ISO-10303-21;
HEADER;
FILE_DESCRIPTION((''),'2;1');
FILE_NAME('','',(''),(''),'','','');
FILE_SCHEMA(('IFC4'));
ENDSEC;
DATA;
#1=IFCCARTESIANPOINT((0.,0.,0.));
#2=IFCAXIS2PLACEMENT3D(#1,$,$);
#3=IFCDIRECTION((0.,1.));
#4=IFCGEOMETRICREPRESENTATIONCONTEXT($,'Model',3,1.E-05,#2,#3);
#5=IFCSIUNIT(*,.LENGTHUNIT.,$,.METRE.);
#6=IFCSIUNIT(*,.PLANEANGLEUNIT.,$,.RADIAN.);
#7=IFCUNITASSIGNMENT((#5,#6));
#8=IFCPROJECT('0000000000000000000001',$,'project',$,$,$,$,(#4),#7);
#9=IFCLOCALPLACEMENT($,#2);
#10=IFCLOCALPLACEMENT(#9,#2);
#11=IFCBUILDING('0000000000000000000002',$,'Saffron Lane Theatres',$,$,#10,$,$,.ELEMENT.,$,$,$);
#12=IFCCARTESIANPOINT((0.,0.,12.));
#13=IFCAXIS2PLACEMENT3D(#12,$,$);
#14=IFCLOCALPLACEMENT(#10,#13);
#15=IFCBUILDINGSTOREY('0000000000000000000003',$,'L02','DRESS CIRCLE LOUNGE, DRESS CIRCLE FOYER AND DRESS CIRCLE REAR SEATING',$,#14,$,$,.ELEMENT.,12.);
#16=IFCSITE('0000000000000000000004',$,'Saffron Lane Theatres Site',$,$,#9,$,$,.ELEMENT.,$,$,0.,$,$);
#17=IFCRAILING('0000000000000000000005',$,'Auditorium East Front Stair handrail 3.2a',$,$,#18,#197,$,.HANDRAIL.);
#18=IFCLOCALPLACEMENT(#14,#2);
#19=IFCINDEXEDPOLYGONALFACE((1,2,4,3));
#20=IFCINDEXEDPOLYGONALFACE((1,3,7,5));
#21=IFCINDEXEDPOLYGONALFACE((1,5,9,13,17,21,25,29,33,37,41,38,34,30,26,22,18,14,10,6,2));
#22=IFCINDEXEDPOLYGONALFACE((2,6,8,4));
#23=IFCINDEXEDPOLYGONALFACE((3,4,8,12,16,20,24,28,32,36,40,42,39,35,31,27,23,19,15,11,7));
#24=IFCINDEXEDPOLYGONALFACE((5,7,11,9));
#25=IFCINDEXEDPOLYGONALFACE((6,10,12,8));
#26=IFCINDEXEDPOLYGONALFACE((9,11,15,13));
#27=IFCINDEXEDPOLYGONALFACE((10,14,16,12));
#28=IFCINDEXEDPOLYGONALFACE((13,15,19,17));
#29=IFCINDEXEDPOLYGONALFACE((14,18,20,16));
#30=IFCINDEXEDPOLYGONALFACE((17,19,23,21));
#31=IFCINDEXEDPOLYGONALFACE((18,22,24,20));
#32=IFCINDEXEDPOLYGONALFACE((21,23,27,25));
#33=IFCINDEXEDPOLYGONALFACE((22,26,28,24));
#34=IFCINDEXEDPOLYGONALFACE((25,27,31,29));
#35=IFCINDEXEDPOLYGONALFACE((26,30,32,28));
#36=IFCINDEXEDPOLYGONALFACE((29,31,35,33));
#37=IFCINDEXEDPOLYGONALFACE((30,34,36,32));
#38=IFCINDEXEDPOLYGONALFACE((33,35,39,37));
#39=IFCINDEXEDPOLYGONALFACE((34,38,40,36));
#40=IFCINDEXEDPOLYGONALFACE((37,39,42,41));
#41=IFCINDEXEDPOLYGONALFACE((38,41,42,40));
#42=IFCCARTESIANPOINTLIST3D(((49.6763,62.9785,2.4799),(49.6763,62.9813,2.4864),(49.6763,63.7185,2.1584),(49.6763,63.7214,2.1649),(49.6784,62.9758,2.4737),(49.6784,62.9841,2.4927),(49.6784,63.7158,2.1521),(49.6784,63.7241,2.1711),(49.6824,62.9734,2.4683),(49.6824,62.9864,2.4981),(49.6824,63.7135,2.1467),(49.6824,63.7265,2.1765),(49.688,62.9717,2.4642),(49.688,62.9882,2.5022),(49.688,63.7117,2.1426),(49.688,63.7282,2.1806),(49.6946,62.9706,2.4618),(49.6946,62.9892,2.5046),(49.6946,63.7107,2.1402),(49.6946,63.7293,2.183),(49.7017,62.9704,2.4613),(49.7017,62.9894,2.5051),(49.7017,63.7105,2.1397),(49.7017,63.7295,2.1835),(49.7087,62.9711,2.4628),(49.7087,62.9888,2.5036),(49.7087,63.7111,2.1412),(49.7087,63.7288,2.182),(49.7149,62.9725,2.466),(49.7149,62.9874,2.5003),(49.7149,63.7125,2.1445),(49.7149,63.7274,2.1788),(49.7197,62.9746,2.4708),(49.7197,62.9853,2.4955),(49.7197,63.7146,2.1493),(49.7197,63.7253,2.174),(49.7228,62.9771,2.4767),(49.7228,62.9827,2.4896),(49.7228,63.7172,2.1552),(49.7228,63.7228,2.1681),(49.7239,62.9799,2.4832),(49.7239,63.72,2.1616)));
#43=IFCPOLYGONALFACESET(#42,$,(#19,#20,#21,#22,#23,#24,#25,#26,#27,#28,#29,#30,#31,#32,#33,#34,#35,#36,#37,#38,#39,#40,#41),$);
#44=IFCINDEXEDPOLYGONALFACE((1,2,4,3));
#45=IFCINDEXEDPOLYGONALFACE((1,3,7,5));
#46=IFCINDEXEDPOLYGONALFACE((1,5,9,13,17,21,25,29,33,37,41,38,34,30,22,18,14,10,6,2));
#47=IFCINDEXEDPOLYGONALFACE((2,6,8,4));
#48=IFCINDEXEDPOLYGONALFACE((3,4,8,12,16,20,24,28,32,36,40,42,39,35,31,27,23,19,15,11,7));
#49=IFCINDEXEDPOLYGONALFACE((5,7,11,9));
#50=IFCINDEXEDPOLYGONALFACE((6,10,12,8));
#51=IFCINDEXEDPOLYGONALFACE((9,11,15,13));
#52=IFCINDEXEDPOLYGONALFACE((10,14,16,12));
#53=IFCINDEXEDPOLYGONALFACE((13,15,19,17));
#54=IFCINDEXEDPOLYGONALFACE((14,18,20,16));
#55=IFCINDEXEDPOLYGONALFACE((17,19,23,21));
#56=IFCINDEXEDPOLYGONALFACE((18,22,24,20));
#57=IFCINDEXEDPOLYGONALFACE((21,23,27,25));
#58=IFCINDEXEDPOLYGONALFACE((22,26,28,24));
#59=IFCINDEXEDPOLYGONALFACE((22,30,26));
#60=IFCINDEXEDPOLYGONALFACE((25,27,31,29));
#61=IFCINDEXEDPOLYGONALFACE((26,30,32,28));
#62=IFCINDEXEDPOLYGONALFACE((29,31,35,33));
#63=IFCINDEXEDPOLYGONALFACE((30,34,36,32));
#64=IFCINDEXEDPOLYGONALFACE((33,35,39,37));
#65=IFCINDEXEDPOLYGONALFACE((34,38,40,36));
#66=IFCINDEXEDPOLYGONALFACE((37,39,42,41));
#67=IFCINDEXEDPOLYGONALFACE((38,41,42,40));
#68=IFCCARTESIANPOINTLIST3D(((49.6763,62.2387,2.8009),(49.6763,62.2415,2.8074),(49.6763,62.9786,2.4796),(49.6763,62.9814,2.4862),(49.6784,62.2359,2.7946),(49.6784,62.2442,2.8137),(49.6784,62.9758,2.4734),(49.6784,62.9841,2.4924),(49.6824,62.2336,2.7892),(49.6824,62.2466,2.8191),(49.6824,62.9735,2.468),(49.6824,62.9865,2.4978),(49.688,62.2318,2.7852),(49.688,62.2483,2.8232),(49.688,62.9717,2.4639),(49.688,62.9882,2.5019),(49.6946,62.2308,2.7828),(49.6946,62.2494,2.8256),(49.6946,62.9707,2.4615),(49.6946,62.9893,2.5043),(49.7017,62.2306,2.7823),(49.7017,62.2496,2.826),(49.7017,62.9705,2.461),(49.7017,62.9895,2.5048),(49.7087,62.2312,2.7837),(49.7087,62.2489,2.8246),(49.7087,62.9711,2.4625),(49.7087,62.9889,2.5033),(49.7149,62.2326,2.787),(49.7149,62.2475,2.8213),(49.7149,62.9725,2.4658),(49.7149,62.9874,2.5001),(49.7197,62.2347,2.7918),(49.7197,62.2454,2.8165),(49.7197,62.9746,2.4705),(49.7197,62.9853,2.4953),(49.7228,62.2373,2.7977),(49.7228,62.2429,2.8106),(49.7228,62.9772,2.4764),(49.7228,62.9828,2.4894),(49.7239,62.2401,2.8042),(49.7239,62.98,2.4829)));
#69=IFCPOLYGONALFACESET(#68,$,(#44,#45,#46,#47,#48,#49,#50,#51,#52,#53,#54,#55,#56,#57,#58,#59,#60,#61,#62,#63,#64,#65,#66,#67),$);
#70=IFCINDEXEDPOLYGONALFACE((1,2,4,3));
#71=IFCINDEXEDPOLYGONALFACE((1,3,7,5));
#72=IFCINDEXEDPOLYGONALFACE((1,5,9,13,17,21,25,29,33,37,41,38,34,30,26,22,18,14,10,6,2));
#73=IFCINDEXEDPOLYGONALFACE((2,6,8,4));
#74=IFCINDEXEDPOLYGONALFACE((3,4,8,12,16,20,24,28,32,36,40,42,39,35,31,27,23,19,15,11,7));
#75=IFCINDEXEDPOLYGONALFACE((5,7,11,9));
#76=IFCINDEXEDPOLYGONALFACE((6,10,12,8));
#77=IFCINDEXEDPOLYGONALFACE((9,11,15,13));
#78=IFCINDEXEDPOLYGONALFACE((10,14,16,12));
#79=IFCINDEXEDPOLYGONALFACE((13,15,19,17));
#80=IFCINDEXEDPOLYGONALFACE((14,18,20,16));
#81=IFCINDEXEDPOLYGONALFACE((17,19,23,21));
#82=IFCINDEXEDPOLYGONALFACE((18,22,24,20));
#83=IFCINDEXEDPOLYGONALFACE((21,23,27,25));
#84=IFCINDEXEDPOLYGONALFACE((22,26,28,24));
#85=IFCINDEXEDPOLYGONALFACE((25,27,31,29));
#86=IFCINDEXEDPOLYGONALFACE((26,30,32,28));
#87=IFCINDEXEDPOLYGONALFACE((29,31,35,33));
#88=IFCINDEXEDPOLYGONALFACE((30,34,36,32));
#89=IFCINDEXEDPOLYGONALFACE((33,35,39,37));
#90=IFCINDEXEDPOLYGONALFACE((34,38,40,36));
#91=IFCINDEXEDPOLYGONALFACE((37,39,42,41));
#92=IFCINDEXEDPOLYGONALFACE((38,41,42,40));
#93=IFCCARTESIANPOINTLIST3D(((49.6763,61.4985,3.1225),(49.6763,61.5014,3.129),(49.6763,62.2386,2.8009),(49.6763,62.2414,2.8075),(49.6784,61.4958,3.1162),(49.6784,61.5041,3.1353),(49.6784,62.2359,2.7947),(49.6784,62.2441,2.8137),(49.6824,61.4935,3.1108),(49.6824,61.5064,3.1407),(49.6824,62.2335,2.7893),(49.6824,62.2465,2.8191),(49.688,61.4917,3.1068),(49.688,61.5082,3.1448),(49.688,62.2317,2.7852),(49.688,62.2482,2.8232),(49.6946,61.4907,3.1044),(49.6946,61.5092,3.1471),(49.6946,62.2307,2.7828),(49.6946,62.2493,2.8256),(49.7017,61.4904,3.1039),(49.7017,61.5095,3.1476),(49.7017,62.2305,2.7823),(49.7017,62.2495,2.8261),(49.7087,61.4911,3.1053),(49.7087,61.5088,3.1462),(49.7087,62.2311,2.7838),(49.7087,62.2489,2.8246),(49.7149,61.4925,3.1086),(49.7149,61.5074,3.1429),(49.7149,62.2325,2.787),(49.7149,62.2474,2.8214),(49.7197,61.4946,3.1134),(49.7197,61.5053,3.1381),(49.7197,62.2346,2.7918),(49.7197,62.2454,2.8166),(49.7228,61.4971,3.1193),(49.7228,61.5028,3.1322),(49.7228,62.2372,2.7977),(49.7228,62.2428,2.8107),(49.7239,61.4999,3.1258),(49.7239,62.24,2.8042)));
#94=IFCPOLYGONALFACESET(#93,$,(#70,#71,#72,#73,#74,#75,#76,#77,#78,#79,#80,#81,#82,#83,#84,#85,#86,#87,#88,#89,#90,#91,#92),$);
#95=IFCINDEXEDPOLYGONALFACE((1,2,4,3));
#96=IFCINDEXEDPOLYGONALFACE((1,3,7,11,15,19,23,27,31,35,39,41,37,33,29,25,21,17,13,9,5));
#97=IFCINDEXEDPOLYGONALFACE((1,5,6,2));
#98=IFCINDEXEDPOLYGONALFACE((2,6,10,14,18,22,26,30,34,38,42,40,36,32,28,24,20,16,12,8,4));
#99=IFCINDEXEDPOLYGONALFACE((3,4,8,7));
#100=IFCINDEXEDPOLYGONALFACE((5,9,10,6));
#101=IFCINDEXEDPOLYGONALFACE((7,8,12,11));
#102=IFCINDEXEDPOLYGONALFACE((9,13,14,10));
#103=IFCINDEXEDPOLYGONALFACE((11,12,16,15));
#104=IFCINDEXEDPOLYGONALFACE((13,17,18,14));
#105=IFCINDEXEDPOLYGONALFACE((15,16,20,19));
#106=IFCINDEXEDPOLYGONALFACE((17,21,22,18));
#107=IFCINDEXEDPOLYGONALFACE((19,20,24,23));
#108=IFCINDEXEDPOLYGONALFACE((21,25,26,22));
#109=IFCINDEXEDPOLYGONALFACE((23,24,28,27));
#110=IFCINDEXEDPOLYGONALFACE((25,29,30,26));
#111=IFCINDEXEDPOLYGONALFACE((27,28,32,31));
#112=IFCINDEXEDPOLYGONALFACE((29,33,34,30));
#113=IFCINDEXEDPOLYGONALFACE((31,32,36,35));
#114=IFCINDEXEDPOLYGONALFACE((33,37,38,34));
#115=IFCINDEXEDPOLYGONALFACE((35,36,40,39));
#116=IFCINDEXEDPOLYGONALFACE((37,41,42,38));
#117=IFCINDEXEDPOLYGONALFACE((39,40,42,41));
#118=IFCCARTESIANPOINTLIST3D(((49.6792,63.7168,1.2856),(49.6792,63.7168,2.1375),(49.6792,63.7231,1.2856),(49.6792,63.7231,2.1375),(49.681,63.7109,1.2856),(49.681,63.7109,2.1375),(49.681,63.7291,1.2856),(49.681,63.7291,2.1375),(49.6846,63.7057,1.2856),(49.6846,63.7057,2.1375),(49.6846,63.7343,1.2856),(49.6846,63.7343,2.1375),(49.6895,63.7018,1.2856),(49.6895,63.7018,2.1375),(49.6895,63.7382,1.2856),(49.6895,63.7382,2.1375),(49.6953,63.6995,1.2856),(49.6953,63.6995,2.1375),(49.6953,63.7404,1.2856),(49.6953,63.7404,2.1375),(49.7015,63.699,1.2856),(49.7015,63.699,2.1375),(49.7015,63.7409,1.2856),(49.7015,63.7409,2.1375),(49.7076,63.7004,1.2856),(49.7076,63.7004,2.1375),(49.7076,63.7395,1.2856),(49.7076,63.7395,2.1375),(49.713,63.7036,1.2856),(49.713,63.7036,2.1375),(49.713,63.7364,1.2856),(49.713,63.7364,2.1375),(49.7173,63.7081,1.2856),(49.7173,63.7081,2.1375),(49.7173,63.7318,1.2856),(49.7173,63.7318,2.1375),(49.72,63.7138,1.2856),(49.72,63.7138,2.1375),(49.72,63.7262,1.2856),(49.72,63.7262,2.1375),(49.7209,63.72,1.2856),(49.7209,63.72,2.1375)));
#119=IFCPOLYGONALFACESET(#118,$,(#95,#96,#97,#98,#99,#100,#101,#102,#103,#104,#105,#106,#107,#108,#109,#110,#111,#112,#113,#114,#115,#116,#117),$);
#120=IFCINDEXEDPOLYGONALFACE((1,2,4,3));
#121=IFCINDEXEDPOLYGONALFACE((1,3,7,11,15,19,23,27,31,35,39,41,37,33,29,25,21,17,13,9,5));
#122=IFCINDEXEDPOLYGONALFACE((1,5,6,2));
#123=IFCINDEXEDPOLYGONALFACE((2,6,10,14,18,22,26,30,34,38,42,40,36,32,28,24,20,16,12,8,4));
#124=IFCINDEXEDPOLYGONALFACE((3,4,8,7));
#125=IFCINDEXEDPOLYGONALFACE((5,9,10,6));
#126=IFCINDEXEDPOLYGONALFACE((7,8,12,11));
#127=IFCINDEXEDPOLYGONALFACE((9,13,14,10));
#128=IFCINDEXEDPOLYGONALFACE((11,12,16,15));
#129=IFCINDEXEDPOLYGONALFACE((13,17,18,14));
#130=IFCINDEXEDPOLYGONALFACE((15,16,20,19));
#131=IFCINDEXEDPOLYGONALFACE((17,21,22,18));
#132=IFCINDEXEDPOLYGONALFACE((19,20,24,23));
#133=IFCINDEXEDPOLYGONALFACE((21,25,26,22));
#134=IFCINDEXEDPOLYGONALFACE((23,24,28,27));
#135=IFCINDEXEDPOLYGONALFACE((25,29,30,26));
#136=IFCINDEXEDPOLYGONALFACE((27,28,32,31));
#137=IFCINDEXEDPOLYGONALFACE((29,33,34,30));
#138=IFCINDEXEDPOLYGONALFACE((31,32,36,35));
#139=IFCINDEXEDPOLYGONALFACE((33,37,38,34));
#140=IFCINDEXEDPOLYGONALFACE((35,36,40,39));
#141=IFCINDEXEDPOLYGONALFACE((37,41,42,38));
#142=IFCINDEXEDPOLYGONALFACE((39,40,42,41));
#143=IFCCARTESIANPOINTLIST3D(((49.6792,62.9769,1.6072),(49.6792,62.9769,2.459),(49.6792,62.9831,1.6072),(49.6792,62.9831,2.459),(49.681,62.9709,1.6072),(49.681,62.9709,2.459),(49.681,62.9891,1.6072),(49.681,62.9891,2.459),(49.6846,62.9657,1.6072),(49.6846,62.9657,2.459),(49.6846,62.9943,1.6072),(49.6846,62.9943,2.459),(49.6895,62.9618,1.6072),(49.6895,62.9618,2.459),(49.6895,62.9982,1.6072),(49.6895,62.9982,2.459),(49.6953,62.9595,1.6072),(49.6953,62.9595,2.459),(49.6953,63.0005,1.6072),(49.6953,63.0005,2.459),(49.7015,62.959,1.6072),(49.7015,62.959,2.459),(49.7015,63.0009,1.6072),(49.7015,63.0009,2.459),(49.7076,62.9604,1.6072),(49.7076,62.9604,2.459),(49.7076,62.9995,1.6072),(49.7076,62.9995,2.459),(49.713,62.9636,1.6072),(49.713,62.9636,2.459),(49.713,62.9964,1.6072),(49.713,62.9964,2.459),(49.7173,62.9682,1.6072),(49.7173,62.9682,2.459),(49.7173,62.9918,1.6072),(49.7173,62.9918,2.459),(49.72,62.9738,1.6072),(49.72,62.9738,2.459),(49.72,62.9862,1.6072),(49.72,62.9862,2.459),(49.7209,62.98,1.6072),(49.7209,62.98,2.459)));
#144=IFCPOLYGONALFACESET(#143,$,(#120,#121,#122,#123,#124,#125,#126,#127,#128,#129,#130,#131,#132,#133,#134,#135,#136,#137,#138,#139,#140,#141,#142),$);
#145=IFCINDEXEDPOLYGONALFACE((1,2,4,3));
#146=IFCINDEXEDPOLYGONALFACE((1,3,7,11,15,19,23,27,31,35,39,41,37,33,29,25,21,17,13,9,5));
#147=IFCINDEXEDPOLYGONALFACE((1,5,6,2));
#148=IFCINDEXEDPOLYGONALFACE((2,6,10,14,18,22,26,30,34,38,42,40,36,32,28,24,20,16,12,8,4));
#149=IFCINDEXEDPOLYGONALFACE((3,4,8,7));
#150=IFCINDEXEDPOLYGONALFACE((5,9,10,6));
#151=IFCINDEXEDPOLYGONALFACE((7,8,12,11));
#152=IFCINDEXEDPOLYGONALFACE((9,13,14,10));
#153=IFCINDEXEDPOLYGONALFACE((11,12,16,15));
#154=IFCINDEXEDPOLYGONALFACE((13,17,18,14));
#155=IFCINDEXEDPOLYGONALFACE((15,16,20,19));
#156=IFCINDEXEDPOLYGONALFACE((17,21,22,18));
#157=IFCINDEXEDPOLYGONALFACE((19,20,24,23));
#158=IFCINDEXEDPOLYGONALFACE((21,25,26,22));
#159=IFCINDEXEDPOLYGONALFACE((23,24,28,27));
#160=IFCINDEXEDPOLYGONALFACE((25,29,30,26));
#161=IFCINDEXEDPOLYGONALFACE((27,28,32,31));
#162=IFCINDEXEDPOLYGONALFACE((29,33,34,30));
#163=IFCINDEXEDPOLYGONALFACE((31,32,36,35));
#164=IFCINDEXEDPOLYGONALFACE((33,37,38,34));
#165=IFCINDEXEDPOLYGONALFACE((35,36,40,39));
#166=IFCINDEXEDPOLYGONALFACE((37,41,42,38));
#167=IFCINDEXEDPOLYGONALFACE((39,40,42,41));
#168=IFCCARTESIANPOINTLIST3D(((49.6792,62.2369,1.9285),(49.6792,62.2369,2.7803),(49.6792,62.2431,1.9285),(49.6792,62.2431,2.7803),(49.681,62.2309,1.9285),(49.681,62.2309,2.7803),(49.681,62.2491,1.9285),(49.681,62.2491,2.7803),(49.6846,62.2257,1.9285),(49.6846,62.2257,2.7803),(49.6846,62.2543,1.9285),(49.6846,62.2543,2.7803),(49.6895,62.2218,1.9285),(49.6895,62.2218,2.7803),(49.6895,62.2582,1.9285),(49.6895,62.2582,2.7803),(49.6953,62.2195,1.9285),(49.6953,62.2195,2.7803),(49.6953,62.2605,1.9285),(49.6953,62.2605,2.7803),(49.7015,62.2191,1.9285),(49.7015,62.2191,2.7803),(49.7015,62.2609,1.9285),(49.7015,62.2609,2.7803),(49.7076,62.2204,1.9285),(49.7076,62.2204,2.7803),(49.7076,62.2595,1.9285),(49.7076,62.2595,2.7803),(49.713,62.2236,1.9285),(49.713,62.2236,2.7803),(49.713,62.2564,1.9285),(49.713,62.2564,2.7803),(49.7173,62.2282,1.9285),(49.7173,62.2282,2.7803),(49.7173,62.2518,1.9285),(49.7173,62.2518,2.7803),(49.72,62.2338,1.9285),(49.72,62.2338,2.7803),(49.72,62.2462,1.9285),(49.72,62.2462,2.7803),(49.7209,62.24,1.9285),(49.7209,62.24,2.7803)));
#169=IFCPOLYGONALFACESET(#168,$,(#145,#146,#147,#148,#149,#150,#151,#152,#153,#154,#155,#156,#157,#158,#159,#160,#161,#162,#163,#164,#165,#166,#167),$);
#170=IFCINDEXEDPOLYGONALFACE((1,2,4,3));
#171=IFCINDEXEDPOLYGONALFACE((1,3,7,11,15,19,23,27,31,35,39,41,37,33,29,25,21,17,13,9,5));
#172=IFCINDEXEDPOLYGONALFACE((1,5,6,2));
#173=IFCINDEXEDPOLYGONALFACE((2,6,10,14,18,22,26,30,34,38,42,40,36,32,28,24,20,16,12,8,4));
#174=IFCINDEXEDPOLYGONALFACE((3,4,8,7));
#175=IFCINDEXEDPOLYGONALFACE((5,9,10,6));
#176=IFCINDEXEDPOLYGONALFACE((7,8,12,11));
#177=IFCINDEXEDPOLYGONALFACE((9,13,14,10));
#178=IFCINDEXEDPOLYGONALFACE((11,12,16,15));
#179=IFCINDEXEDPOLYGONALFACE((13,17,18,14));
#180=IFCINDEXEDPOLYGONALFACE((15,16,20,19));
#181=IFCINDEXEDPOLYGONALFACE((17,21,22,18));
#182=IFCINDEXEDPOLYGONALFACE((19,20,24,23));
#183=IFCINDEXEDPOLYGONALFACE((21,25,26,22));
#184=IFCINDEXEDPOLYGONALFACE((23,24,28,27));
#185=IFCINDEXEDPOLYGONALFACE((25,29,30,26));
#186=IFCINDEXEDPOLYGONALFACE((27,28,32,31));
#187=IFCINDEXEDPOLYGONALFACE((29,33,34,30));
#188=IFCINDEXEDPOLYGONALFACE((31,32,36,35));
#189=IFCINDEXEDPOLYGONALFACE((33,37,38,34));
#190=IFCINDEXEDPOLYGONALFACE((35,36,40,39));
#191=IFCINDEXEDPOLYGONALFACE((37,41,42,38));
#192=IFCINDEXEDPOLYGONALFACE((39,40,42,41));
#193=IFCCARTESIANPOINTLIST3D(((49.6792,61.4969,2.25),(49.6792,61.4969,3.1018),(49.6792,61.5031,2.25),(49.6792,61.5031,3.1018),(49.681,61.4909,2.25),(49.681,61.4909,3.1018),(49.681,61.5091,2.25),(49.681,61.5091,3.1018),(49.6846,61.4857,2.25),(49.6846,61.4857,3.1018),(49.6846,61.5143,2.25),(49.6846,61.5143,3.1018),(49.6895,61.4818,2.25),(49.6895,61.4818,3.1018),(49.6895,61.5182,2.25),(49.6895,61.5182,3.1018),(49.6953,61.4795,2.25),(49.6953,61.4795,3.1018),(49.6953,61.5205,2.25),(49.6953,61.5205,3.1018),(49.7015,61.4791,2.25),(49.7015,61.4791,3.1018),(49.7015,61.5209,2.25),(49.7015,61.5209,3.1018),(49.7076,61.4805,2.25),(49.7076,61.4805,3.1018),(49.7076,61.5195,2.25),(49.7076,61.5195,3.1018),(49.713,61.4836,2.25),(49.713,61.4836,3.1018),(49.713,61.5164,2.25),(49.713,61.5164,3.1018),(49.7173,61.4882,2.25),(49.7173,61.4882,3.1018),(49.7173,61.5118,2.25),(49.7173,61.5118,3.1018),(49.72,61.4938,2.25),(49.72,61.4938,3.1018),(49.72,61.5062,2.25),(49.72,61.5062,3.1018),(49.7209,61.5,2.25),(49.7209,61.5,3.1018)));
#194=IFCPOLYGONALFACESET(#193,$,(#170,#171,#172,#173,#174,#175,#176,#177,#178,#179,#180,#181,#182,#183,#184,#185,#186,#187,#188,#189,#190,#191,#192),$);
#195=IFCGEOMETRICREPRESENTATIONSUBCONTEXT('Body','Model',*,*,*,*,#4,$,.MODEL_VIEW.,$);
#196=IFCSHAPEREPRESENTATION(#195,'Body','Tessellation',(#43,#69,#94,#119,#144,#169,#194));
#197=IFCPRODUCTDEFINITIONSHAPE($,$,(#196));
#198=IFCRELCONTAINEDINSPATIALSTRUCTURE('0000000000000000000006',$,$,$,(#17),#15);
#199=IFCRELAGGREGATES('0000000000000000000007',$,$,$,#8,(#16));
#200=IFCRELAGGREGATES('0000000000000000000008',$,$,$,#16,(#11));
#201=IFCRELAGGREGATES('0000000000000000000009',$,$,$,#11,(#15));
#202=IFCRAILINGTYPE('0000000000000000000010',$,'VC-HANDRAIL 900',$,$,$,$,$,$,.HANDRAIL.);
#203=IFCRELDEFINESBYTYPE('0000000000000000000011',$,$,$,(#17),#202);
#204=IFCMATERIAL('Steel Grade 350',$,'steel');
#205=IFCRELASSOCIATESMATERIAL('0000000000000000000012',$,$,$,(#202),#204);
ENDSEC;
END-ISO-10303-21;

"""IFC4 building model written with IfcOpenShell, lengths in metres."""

from ifc_helpers import new_model, si_unit, direction, frame, origin, origin_2d, place, context, subcontext, project, spatial, circle, extrude, material, type_object, element, save


model = new_model("IFC4")

# Units and contexts
model_context = context("Model", 3, precision=1e-05, world=origin(), true_north=direction((0.0, 1.0)))
body_context = subcontext(model_context, "Body", "Model", "MODEL_VIEW")
ifc_project = project(units=[si_unit("LENGTHUNIT", "METRE"), si_unit("PLANEANGLEUNIT", "RADIAN")], contexts=[model_context])

# Site, building, storey
site_placement = place(None, origin())
site = spatial("IfcSite", under=ifc_project, at=site_placement, Name="Saffron Lane Theatres Site", CompositionType="ELEMENT", RefElevation=0.0)
building_placement = place(site_placement, origin())
building = spatial("IfcBuilding", under=site, at=building_placement, Name="Saffron Lane Theatres", CompositionType="ELEMENT")
storey_placement = place(building_placement, frame((0.0, 0.0, 12.0)))
storey = spatial("IfcBuildingStorey", under=building, at=storey_placement, Name="L02", Description="DRESS CIRCLE LOUNGE, DRESS CIRCLE FOYER AND DRESS CIRCLE REAR SEATING", CompositionType="ELEMENT", Elevation=12.0)

# Railing
ifc_material_1 = material(Name="Steel Grade 350", Category="steel")
railing_type_1 = type_object("IfcRailingType", Name="VC-HANDRAIL 900", PredefinedType="HANDRAIL", material=ifc_material_1)
for number, where, name in (
    (1, (49.7, 63.72, 1.2856), "Auditorium East Front Stair handrail 3.2a"),
):
    element("IfcRailing", number, at=place(storey_placement, frame(where)), inside=storey, type_object=railing_type_1, Name=name, PredefinedType="HANDRAIL", context=body_context, shape_type="SweptSolid", body=[
        extrude(circle(Radius=0.0239, at=origin_2d()), frame((0.0, 0.0, 0.876), z_axis=(0.0, -0.917161, 0.398516), x_axis=(1.0, 0.0, 0.0)), (0.0, 0.0, 1.0), 0.8069),
        extrude(circle(Radius=0.0239, at=origin_2d()), frame((0.0, -0.74, 1.1973), z_axis=(0.0, -0.917272, 0.398261), x_axis=(1.0, 0.0, 0.0)), (0.0, 0.0, 1.0), 0.8066),
        extrude(circle(Radius=0.0239, at=origin_2d()), frame((0.0, -1.48, 1.5186), z_axis=(0.0, -0.917161, 0.398516), x_axis=(1.0, 0.0, 0.0)), (0.0, 0.0, 1.0), 0.8069),
        extrude(circle(Radius=0.021, at=origin_2d()), origin(), (0.0, 0.0, 1.0), 0.8518),
        extrude(circle(Radius=0.021, at=origin_2d()), frame((0.0, -0.74, 0.3215)), (0.0, 0.0, 1.0), 0.8518),
        extrude(circle(Radius=0.021, at=origin_2d()), frame((0.0, -1.48, 0.6428)), (0.0, 0.0, 1.0), 0.8518),
        extrude(circle(Radius=0.021, at=origin_2d()), frame((0.0, -2.22, 0.9644)), (0.0, 0.0, 1.0), 0.8518),
    ])

save(model, "model.ifc")
